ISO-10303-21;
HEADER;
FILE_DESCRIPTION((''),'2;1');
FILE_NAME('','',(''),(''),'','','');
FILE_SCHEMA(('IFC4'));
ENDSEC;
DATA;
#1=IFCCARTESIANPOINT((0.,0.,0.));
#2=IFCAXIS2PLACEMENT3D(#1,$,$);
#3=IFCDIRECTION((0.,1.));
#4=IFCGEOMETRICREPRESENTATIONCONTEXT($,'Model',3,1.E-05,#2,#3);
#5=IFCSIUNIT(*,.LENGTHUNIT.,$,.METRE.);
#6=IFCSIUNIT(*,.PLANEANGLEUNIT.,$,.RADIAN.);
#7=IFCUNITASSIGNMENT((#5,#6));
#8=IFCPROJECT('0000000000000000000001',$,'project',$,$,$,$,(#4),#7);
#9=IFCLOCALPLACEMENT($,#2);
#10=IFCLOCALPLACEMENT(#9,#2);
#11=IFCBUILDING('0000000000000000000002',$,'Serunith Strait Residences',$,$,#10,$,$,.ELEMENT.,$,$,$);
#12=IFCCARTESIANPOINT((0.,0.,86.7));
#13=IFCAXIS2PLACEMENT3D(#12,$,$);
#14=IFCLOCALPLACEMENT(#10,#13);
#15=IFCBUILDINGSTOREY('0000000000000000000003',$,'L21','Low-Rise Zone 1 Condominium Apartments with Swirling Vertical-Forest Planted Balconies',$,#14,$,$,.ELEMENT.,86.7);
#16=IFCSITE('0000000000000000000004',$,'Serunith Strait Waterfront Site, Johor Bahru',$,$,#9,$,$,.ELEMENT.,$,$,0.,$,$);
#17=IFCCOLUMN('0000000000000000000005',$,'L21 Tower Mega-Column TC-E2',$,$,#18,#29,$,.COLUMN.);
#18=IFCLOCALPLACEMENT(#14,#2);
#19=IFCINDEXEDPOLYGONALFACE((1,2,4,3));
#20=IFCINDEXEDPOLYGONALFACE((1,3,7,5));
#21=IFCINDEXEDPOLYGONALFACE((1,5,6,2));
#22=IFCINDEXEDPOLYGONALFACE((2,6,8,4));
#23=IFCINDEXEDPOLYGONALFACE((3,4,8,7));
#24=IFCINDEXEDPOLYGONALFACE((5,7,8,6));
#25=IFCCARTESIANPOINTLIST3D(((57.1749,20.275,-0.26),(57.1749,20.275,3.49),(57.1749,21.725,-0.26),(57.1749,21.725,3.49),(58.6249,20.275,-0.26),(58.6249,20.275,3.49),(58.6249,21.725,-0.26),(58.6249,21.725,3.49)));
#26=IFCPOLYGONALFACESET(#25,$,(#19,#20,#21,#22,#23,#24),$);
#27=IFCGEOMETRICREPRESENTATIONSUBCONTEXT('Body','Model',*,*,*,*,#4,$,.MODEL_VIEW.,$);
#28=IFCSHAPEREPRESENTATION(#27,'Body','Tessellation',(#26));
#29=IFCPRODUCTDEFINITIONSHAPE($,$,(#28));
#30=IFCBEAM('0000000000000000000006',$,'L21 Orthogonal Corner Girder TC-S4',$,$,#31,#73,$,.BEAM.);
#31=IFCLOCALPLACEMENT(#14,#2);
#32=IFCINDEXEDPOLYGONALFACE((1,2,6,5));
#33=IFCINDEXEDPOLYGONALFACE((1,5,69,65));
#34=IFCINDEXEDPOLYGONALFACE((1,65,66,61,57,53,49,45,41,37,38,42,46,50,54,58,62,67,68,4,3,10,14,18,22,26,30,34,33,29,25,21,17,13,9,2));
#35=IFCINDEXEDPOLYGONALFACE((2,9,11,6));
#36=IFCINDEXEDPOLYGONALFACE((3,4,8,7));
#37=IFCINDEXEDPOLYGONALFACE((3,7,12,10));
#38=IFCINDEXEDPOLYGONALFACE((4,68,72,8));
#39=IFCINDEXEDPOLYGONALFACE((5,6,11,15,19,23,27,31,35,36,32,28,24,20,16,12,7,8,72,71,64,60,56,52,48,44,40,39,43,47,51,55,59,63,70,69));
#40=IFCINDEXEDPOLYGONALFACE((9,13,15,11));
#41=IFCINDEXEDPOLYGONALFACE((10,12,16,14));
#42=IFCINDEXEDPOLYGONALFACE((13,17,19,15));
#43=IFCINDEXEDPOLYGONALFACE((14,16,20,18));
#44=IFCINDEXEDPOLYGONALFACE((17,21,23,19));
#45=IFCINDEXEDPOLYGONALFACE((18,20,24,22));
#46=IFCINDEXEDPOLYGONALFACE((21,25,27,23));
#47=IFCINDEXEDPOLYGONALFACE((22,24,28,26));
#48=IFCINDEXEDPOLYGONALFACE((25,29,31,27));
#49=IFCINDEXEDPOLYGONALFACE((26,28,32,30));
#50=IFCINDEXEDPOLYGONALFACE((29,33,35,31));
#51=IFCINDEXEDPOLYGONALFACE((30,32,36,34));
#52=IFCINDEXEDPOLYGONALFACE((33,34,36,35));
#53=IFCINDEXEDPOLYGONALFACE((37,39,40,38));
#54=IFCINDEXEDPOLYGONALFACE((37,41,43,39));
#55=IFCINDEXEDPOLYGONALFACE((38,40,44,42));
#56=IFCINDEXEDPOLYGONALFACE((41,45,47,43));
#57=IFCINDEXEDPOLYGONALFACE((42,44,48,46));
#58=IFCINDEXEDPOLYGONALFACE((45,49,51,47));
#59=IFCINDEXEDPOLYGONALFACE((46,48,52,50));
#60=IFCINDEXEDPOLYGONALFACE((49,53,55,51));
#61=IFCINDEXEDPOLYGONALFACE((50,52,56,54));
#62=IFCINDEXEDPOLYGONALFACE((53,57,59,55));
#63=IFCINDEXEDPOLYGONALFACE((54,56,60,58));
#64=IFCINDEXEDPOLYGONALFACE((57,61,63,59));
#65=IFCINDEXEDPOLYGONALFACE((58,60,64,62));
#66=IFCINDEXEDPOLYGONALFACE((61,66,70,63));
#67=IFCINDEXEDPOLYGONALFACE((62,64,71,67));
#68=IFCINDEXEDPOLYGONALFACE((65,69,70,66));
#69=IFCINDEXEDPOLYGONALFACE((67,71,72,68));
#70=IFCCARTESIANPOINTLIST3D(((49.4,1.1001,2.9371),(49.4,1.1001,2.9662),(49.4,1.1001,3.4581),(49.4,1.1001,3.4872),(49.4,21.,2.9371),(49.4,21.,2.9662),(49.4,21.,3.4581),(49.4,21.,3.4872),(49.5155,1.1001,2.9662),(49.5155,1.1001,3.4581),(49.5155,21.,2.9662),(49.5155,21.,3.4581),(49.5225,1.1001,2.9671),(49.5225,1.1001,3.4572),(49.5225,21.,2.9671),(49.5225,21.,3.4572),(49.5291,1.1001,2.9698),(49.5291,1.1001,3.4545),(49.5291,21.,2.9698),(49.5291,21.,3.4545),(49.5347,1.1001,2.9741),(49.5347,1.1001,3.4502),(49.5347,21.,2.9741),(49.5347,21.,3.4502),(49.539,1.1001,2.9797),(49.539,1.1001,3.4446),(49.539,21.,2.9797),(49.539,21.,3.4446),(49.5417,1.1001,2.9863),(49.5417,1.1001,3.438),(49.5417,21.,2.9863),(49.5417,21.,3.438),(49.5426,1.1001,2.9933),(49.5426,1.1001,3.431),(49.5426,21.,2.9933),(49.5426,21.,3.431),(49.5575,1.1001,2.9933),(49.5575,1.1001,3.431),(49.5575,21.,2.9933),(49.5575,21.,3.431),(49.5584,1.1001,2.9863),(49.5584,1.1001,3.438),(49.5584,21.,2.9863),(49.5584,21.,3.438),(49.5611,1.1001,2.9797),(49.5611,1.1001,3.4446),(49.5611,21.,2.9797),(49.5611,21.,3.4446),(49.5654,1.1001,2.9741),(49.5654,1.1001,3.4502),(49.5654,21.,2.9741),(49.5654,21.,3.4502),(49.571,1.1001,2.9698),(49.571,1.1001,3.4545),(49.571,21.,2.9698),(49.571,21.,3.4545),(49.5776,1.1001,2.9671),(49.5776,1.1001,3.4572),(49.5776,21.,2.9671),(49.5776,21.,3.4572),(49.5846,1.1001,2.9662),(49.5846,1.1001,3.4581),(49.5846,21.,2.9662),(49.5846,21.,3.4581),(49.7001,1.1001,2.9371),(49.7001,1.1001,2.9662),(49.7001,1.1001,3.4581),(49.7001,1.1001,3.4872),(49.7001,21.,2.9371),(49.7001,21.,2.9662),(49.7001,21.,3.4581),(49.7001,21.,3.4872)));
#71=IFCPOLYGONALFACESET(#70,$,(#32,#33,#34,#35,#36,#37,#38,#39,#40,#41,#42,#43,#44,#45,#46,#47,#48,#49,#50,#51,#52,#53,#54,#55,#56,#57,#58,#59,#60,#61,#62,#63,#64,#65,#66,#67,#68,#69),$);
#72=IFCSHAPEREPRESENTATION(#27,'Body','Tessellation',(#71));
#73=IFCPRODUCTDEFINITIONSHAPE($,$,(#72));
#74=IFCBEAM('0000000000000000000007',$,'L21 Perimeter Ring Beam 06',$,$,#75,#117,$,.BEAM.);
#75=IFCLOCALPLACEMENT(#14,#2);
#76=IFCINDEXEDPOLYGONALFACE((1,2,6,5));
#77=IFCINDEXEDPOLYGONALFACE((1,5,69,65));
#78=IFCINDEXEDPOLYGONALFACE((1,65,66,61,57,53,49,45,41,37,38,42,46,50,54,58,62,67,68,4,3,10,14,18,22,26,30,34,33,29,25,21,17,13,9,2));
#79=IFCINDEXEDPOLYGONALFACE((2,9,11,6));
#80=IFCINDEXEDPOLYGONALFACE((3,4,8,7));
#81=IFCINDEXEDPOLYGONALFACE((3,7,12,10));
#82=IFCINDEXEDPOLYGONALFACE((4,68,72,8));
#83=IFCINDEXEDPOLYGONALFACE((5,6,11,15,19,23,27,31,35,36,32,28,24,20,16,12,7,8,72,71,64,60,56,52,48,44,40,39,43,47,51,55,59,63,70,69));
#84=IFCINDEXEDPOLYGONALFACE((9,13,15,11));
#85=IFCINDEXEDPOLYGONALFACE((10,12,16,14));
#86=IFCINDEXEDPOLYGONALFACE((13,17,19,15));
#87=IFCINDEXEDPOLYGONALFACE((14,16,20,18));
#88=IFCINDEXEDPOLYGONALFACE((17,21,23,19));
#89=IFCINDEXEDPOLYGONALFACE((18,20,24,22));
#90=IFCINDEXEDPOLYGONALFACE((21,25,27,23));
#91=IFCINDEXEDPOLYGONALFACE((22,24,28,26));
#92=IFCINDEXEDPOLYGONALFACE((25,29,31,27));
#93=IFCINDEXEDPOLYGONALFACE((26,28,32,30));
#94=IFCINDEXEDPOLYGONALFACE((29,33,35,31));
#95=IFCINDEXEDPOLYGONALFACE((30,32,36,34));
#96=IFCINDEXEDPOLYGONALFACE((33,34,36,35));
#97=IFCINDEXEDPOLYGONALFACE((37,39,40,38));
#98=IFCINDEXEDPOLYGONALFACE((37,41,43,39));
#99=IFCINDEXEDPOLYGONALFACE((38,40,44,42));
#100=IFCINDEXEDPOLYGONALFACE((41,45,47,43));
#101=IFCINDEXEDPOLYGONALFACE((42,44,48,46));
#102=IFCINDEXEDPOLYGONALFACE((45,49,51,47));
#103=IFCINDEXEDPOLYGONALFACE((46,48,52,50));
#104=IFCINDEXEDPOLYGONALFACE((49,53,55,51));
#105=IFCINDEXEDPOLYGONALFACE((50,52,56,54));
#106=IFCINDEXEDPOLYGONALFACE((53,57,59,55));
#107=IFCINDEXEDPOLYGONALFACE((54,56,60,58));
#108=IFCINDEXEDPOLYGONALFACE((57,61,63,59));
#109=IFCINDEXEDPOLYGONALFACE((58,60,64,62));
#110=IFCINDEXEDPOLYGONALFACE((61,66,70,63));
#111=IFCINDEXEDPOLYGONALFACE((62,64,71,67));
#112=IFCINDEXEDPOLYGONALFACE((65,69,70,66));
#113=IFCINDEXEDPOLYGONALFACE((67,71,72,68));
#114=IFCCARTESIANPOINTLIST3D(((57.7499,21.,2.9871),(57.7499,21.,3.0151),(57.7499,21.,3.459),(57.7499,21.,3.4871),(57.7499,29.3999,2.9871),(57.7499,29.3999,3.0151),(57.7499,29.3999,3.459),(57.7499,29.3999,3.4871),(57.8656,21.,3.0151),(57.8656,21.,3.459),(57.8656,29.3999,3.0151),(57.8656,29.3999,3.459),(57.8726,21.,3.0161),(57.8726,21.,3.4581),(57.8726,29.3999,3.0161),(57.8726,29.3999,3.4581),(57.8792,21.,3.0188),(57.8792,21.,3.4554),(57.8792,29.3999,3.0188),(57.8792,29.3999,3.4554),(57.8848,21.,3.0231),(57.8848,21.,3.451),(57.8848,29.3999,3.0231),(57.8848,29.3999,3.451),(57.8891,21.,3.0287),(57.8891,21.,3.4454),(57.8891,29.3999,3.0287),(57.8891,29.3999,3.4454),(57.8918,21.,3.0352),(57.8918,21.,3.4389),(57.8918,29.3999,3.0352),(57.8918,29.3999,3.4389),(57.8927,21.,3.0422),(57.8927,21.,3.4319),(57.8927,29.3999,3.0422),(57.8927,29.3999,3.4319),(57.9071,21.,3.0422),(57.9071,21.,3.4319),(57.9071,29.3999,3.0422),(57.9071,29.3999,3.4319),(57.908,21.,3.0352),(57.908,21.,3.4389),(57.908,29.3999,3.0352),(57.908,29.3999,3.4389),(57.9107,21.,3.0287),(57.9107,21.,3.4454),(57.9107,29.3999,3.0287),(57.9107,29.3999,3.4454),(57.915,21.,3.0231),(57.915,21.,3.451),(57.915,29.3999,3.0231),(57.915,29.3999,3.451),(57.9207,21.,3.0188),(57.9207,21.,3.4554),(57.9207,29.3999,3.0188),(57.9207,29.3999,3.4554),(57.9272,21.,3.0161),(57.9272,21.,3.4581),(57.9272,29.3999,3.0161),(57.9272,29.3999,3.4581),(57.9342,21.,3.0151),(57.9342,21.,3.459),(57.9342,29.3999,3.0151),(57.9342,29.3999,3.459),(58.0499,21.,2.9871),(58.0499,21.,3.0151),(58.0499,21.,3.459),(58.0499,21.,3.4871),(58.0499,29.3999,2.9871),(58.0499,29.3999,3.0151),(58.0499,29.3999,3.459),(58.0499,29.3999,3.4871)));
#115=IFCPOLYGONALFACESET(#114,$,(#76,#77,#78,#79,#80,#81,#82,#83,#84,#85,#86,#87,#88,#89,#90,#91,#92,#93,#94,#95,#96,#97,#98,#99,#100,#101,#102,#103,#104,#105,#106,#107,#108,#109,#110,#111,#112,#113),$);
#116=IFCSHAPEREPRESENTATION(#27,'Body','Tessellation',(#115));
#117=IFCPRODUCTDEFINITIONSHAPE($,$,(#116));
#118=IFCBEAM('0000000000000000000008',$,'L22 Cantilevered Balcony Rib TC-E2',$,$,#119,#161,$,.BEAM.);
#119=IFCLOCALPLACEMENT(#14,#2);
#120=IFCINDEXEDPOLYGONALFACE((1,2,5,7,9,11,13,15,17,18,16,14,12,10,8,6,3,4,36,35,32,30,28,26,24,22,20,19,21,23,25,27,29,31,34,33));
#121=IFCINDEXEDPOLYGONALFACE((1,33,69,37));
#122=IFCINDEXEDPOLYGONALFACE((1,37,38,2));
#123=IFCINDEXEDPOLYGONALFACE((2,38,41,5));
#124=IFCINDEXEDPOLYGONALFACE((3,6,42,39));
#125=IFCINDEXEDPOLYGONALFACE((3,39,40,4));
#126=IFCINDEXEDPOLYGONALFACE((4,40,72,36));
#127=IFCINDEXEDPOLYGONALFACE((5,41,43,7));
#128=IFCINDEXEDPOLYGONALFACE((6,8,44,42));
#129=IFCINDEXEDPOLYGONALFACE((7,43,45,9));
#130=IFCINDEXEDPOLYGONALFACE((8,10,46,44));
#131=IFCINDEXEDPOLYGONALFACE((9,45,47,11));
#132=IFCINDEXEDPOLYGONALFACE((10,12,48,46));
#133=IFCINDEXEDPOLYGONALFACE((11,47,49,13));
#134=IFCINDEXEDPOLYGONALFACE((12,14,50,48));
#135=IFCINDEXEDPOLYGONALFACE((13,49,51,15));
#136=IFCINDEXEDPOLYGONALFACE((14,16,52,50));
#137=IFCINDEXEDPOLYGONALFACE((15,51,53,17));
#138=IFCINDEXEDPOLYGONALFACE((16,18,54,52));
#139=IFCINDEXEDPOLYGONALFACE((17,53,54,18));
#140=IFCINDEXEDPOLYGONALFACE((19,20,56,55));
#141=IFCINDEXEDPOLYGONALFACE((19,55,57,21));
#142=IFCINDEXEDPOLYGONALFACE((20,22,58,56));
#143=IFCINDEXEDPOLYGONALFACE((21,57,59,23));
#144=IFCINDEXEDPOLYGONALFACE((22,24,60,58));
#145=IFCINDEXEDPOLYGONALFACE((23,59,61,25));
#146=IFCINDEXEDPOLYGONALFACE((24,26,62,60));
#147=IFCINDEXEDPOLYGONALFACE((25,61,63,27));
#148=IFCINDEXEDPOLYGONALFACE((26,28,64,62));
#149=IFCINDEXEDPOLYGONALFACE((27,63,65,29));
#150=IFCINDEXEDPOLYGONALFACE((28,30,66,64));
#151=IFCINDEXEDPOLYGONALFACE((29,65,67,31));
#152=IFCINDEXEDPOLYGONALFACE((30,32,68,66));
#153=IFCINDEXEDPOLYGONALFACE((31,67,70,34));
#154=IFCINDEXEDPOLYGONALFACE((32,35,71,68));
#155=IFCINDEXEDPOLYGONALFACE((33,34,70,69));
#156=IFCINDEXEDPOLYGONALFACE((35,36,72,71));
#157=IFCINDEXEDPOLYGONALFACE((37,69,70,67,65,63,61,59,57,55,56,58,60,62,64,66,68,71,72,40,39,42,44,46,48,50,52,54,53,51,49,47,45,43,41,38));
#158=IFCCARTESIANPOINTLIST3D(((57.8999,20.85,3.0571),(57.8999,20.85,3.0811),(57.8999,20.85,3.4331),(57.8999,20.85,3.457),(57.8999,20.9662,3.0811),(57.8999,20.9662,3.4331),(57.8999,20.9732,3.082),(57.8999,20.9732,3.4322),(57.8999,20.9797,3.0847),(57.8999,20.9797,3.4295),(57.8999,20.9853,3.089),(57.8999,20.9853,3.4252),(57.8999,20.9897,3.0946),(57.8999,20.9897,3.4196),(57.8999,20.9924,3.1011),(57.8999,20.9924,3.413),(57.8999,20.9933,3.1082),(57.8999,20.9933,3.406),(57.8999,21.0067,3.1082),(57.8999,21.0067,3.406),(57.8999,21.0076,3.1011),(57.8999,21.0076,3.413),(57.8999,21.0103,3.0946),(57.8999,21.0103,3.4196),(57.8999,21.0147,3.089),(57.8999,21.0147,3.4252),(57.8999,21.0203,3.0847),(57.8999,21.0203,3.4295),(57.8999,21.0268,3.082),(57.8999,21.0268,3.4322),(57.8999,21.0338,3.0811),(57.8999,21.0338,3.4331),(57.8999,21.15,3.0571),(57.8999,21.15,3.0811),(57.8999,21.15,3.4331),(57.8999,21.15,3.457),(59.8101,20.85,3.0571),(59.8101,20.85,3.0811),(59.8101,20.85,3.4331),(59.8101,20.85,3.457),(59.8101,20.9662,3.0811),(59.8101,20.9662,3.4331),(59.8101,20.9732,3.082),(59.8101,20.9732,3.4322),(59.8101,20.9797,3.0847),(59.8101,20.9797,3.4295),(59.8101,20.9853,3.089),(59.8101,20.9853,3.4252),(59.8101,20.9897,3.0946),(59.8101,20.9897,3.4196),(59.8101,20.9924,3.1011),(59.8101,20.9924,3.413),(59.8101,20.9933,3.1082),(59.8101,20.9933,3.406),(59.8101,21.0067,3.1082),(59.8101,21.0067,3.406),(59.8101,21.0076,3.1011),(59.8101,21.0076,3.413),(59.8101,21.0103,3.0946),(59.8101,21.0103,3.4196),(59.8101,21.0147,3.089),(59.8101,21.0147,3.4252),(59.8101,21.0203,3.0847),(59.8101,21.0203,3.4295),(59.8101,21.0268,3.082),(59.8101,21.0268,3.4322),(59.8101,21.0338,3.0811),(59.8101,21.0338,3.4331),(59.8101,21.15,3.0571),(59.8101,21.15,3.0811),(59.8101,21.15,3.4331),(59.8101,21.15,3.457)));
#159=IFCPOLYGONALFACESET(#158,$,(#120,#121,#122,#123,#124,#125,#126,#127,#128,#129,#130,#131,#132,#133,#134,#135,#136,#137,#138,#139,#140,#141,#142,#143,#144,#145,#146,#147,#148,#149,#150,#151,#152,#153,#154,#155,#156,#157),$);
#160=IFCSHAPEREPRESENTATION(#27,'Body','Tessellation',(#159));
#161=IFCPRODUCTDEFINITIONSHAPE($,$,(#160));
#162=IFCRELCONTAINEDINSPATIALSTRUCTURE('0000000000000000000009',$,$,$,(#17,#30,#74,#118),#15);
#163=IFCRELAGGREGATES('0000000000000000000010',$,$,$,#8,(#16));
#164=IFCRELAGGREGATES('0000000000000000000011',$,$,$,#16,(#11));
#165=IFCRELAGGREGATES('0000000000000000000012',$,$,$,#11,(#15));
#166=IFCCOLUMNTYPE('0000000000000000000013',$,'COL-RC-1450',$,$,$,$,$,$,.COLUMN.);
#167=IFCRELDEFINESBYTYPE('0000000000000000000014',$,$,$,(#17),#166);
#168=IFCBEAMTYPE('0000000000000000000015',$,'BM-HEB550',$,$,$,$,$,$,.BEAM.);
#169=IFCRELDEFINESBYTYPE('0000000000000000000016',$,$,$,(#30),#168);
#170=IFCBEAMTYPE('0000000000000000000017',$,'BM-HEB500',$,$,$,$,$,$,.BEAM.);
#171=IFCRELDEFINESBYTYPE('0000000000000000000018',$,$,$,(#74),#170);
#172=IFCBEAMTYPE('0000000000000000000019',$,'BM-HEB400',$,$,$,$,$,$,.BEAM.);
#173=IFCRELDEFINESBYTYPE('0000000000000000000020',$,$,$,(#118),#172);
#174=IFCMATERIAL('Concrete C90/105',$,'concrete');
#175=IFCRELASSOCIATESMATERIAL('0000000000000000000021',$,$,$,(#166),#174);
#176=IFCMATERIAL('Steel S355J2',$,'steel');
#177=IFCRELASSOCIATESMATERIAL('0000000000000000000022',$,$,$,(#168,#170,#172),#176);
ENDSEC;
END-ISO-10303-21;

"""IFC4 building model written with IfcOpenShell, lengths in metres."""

from ifc_helpers import new_model, si_unit, direction, frame, origin, origin_2d, place, context, subcontext, project, spatial, rectangle, i_section, extrude, source, transform, mapped, material, material_profile, profile_set, type_object, element, save


model = new_model("IFC4")

# Units and contexts
model_context = context("Model", 3, precision=1e-05, world=origin(), true_north=direction((0.0, 1.0)))
body_context = subcontext(model_context, "Body", "Model", "MODEL_VIEW")
ifc_project = project(units=[si_unit("LENGTHUNIT", "METRE"), si_unit("PLANEANGLEUNIT", "RADIAN")], contexts=[model_context])

# Site, building, storey
site_placement = place(None, origin())
site = spatial("IfcSite", under=ifc_project, at=site_placement, Name="Serunith Strait Waterfront Site, Johor Bahru", CompositionType="ELEMENT", RefElevation=0.0)
building_placement = place(site_placement, origin())
building = spatial("IfcBuilding", under=site, at=building_placement, Name="Serunith Strait Residences", CompositionType="ELEMENT")
storey_placement = place(building_placement, frame((0.0, 0.0, 86.7)))
storey = spatial("IfcBuildingStorey", under=building, at=storey_placement, Name="L21", Description="Low-Rise Zone 1 Condominium Apartments with Swirling Vertical-Forest Planted Balconies", CompositionType="ELEMENT", Elevation=86.7)

# Column
ifc_material_1 = material(Name="Concrete C90/105", Category="concrete")
ifc_material_profile_1 = material_profile(ifc_material_1, rectangle(XDim=1.45, YDim=1.45, at=origin_2d()), Name="RC 1450x1450")
ifc_profile_set_1 = profile_set([ifc_material_profile_1], Name="Concrete C90/105")
column_type = type_object("IfcColumnType", Name="COL-RC-1450", PredefinedType="COLUMN", material=ifc_profile_set_1)
shared_shape_1 = source(origin(), body_context, "Body", "SweptSolid", [
    extrude(rectangle(XDim=1.45, YDim=1.45, at=origin_2d()), origin(), (0.0, 0.0, 1.0), 3.75),
])
column_placement = place(storey_placement, frame((57.8999, 21.0, -0.26), z_axis=(0.0, 0.0, 1.0), x_axis=(1.0, 0.0, 0.0)))
element("IfcColumn", 1, at=column_placement, inside=storey, type_object=column_type, Name="L21 Tower Mega-Column TC-E2", PredefinedType="COLUMN", context=body_context, shape_type="MappedRepresentation", body=[
    mapped(shared_shape_1, transform((0.0, 0.0, 0.0), scale=1.0)),
])

# Beams
ifc_material_2 = material(Name="Steel S355J2", Category="steel")
ifc_material_profile_2 = material_profile(ifc_material_2, i_section(OverallWidth=0.3, OverallDepth=0.55, WebThickness=0.0149, FlangeThickness=0.0291, FilletRadius=0.0271, at=origin_2d()), Name="HEB 550")
ifc_profile_set_2 = profile_set([ifc_material_profile_2], Name="Steel S355J2")
beam_type_1 = type_object("IfcBeamType", Name="BM-HEB550", PredefinedType="BEAM", material=ifc_profile_set_2)
shared_shape_2 = source(origin(), body_context, "Body", "SweptSolid", [
    extrude(i_section(OverallWidth=0.3, OverallDepth=0.55, WebThickness=0.0149, FlangeThickness=0.0291, FilletRadius=0.0271, at=origin_2d()), origin(), (0.0, 0.0, 1.0), 19.8999),
])
beam_1_placement = place(storey_placement, frame((49.55, 21.0, 3.2122), z_axis=(0.0, -1.0, 0.0), x_axis=(1.0, 0.0, 0.0)))
element("IfcBeam", 2, at=beam_1_placement, inside=storey, type_object=beam_type_1, Name="L21 Orthogonal Corner Girder TC-S4", PredefinedType="BEAM", context=body_context, shape_type="MappedRepresentation", body=[
    mapped(shared_shape_2, transform((0.0, 0.0, 0.0), scale=1.0)),
])
ifc_material_profile_3 = material_profile(ifc_material_2, i_section(OverallWidth=0.3, OverallDepth=0.5, WebThickness=0.0144, FlangeThickness=0.0281, FilletRadius=0.0271, at=origin_2d()), Name="HEB 500")
ifc_profile_set_3 = profile_set([ifc_material_profile_3], Name="Steel S355J2")
beam_type_2 = type_object("IfcBeamType", Name="BM-HEB500", PredefinedType="BEAM", material=ifc_profile_set_3)
shared_shape_3 = source(origin(), body_context, "Body", "SweptSolid", [
    extrude(i_section(OverallWidth=0.3, OverallDepth=0.5, WebThickness=0.0144, FlangeThickness=0.0281, FilletRadius=0.0271, at=origin_2d()), origin(), (0.0, 0.0, 1.0), 8.3999),
])
beam_2_placement = place(storey_placement, frame((57.8999, 21.0, 3.2371), z_axis=(0.0, 1.0, 0.0), x_axis=(-1.0, 0.0, 0.0)))
element("IfcBeam", 3, at=beam_2_placement, inside=storey, type_object=beam_type_2, Name="L21 Perimeter Ring Beam 06", PredefinedType="BEAM", context=body_context, shape_type="MappedRepresentation", body=[
    mapped(shared_shape_3, transform((0.0, 0.0, 0.0), scale=1.0)),
])
ifc_material_profile_4 = material_profile(ifc_material_2, i_section(OverallWidth=0.3, OverallDepth=0.3999, WebThickness=0.0134, FlangeThickness=0.0239, FilletRadius=0.0271, at=origin_2d()), Name="HEB 400")
ifc_profile_set_4 = profile_set([ifc_material_profile_4], Name="Steel S355J2")
beam_type_3 = type_object("IfcBeamType", Name="BM-HEB400", PredefinedType="BEAM", material=ifc_profile_set_4)
shared_shape_4 = source(origin(), body_context, "Body", "SweptSolid", [
    extrude(i_section(OverallWidth=0.3, OverallDepth=0.3999, WebThickness=0.0134, FlangeThickness=0.0239, FilletRadius=0.0271, at=origin_2d()), origin(), (0.0, 0.0, 1.0), 1.9102),
])
beam_3_placement = place(storey_placement, frame((57.8999, 21.0, 3.2571), z_axis=(1.0, 0.0, 0.0), x_axis=(0.0, 1.0, 0.0)))
element("IfcBeam", 4, at=beam_3_placement, inside=storey, type_object=beam_type_3, Name="L22 Cantilevered Balcony Rib TC-E2", PredefinedType="BEAM", context=body_context, shape_type="MappedRepresentation", body=[
    mapped(shared_shape_4, transform((0.0, 0.0, 0.0), scale=1.0)),
])

save(model, "model.ifc")
